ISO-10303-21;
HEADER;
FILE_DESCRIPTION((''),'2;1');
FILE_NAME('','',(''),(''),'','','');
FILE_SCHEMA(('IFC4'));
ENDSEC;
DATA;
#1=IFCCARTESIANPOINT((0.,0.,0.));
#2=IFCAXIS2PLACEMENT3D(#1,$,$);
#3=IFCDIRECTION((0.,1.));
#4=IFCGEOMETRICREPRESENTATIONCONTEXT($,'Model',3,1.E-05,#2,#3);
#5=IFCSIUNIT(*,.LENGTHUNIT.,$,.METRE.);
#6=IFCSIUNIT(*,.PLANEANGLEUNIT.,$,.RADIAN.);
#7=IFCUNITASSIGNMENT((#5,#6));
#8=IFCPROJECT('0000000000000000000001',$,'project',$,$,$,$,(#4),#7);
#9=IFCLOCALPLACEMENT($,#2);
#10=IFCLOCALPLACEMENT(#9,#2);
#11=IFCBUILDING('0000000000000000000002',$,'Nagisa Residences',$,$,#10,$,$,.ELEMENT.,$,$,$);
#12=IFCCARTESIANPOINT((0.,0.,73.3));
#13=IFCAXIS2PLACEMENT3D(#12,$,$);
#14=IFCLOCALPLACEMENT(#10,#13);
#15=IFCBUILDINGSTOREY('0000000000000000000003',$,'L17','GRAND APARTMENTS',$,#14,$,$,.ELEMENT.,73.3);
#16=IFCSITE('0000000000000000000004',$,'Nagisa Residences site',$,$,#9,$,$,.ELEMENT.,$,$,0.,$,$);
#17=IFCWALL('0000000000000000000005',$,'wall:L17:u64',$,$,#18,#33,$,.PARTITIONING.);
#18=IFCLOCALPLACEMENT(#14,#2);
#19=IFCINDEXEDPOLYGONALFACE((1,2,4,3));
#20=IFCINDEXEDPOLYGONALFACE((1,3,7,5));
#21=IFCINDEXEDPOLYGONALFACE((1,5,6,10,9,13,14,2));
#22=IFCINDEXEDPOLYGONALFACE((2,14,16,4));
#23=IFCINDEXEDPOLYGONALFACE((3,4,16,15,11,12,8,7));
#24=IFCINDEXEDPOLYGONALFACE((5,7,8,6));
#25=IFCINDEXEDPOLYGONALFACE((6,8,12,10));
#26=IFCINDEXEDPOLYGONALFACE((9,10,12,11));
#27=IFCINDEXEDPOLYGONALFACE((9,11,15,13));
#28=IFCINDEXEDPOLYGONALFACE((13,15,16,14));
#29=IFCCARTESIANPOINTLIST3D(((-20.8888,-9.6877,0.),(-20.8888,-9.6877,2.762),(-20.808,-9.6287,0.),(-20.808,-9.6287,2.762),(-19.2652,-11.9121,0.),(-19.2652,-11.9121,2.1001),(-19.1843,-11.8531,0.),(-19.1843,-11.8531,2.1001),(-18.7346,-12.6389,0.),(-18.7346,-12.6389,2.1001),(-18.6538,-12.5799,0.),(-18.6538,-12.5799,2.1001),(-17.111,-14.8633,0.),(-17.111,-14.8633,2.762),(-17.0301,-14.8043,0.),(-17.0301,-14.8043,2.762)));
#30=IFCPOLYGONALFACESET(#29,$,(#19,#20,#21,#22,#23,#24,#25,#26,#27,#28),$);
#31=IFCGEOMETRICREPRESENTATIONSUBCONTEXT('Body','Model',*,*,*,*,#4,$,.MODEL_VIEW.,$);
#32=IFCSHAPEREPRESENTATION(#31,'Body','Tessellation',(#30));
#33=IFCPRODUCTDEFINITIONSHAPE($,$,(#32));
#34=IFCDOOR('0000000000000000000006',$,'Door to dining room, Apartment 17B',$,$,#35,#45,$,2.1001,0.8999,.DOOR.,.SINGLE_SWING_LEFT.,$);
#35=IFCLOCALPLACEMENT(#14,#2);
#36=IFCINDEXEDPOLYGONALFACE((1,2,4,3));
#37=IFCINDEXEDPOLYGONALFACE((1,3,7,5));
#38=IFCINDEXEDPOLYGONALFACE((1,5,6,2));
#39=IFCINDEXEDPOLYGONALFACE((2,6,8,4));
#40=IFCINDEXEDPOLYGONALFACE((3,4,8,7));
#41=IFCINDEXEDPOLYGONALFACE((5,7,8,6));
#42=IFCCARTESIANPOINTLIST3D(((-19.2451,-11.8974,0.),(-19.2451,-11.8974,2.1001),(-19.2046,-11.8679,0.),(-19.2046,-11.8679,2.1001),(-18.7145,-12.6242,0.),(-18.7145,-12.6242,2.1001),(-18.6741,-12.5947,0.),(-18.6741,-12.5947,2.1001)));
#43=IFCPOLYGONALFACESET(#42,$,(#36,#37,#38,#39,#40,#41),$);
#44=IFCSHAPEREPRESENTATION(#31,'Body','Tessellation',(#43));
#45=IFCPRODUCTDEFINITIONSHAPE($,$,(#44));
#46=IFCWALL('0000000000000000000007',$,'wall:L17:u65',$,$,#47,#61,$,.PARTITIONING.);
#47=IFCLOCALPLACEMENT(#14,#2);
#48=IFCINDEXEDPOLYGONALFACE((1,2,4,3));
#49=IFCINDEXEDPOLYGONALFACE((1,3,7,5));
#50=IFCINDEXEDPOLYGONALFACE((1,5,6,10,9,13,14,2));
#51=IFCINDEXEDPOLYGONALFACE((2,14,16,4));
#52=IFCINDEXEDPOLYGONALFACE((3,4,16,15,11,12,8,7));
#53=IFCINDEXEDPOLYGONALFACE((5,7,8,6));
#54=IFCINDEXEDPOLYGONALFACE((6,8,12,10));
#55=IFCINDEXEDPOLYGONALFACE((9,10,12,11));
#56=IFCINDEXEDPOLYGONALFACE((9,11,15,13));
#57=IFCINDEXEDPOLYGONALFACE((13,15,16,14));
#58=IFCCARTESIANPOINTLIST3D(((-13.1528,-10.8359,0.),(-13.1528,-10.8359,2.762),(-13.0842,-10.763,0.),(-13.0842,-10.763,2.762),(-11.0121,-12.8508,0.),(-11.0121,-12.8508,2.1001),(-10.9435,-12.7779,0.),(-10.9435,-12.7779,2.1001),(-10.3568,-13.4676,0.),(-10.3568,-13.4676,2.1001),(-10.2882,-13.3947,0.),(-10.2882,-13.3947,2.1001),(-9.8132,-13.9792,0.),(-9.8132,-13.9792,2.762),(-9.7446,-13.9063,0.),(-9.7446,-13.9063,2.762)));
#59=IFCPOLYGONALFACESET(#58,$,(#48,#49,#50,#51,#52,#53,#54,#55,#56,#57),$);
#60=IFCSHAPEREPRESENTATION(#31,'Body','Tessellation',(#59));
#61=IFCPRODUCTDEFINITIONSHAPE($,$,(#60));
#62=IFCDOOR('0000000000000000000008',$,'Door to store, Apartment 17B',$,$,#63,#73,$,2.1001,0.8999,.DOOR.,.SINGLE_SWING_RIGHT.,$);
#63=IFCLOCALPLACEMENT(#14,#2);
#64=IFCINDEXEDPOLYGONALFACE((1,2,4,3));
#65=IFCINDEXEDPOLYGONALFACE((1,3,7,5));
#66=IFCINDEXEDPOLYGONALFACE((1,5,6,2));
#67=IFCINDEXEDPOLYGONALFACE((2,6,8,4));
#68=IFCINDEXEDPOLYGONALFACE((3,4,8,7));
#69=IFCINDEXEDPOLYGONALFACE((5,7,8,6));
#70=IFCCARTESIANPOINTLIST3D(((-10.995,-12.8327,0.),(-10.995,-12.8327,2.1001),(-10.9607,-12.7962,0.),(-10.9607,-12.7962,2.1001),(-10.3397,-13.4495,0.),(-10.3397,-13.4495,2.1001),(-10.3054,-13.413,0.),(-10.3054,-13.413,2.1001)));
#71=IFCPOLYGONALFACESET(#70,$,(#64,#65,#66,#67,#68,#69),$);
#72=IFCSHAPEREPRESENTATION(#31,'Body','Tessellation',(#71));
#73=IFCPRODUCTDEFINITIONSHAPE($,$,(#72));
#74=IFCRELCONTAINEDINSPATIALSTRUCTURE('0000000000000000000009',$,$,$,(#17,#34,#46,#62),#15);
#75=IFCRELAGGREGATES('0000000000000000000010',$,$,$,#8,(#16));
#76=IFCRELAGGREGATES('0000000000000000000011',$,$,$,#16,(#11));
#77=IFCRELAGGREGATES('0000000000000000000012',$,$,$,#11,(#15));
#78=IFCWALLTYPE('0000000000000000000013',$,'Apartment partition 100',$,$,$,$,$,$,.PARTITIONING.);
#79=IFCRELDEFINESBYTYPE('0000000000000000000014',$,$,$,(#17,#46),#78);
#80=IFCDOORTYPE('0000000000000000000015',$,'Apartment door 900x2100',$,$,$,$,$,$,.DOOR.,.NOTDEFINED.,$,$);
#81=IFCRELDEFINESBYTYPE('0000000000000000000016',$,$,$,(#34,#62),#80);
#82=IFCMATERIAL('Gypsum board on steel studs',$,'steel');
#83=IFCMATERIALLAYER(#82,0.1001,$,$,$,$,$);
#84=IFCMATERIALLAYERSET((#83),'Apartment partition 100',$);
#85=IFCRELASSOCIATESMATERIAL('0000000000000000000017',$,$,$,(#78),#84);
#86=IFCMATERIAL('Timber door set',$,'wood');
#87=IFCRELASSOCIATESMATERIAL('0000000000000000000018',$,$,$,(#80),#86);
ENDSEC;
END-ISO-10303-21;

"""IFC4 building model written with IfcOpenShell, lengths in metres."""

from ifc_helpers import new_model, si_unit, direction, frame, frame_2d, origin, place, context, subcontext, project, spatial, rectangle, extrude, material, layer, layer_set, type_object, element, fill, save


model = new_model("IFC4")

# Units and contexts
model_context = context("Model", 3, precision=1e-05, world=origin(), true_north=direction((0.0, 1.0)))
body_context = subcontext(model_context, "Body", "Model", "MODEL_VIEW")
ifc_project = project(units=[si_unit("LENGTHUNIT", "METRE"), si_unit("PLANEANGLEUNIT", "RADIAN")], contexts=[model_context])

# Site, building, storey
site_placement = place(None, origin())
site = spatial("IfcSite", under=ifc_project, at=site_placement, Name="Nagisa Residences site", CompositionType="ELEMENT", RefElevation=0.0)
building_placement = place(site_placement, origin())
building = spatial("IfcBuilding", under=site, at=building_placement, Name="Nagisa Residences", CompositionType="ELEMENT")
storey_placement = place(building_placement, frame((0.0, 0.0, 73.3)))
storey = spatial("IfcBuildingStorey", under=building, at=storey_placement, Name="L17", Description="GRAND APARTMENTS", CompositionType="ELEMENT", Elevation=73.3)

# Shared definitions
ifc_material_1 = material(Name="Gypsum board on steel studs", Category="steel")
ifc_layer_1 = layer(ifc_material_1, 0.1001)
ifc_layer_set_1 = layer_set([ifc_layer_1], Name="Apartment partition 100")
wall_type_1 = type_object("IfcWallType", Name="Apartment partition 100", PredefinedType="PARTITIONING", material=ifc_layer_set_1)
ifc_material_2 = material(Name="Timber door set", Category="wood")
door_type_1 = type_object("IfcDoorType", Name="Apartment door 900x2100", OperationType="NOTDEFINED", PredefinedType="DOOR", material=ifc_material_2)

# Walls, openings, doors
wall_1_placement = place(storey_placement, frame((-20.8484, -9.6582, 0.0), z_axis=(0.0, 0.0, 1.0), x_axis=(0.58958, -0.80771, 0.0)))
wall_1 = element("IfcWall", 1, at=wall_1_placement, inside=storey, type_object=wall_type_1, Name="wall:L17:u64", PredefinedType="PARTITIONING", context=body_context, shape_type="SweptSolid", body=[
    extrude(rectangle(XDim=6.4077, YDim=0.1001, at=frame_2d((3.2039, 0.0))), origin(), (0.0, 0.0, 1.0), 2.762),
])
opening_1_placement = place(wall_1_placement, frame((2.7539, 0.0, 0.0)))
opening_1 = element("IfcOpeningElement", 2, at=opening_1_placement, cuts=wall_1, PredefinedType="OPENING", context=body_context, shape_type="SweptSolid", body=[
    extrude(rectangle(XDim=0.8999, YDim=2.1001, at=frame_2d((0.45, 1.05))), frame((0.0, 0.0601, 0.0), z_axis=(0.0, -1.0, 0.0), x_axis=(1.0, 0.0, 0.0)), (0.0, 0.0, 1.0), 0.1201),
])
door_1_placement = place(opening_1_placement, origin())
door_1 = element("IfcDoor", 3, at=door_1_placement, inside=storey, type_object=door_type_1, Name="Door to dining room, Apartment 17B", OperationType="SINGLE_SWING_LEFT", OverallHeight=2.1001, OverallWidth=0.8999, PredefinedType="DOOR", context=body_context, shape_type="SweptSolid", body=[
    extrude(rectangle(XDim=0.8999, YDim=2.1001, at=frame_2d((0.45, 1.05))), frame((0.0, 0.0249, 0.0), z_axis=(0.0, -1.0, 0.0), x_axis=(1.0, 0.0, 0.0)), (0.0, 0.0, 1.0), 0.05),
])
fill(opening_1, door_1)
wall_2_placement = place(storey_placement, frame((-13.1184, -10.7996, 0.0), z_axis=(0.0, 0.0, 1.0), x_axis=(0.728183, -0.685383, 0.0)))
wall_2 = element("IfcWall", 4, at=wall_2_placement, inside=storey, type_object=wall_type_1, Name="wall:L17:u65", PredefinedType="PARTITIONING", context=body_context, shape_type="SweptSolid", body=[
    extrude(rectangle(XDim=4.5862, YDim=0.1001, at=frame_2d((2.293, 0.0))), origin(), (0.0, 0.0, 1.0), 2.762),
])
opening_2_placement = place(wall_2_placement, frame((2.9397, 0.0, 0.0)))
opening_2 = element("IfcOpeningElement", 5, at=opening_2_placement, cuts=wall_2, PredefinedType="OPENING", context=body_context, shape_type="SweptSolid", body=[
    extrude(rectangle(XDim=0.8999, YDim=2.1001, at=frame_2d((0.45, 1.05))), frame((0.0, 0.0601, 0.0), z_axis=(0.0, -1.0, 0.0), x_axis=(1.0, 0.0, 0.0)), (0.0, 0.0, 1.0), 0.1201),
])
door_2_placement = place(opening_2_placement, origin())
door_2 = element("IfcDoor", 6, at=door_2_placement, inside=storey, type_object=door_type_1, Name="Door to store, Apartment 17B", OperationType="SINGLE_SWING_RIGHT", OverallHeight=2.1001, OverallWidth=0.8999, PredefinedType="DOOR", context=body_context, shape_type="SweptSolid", body=[
    extrude(rectangle(XDim=0.8999, YDim=2.1001, at=frame_2d((0.45, 1.05))), frame((0.0, 0.0249, 0.0), z_axis=(0.0, -1.0, 0.0), x_axis=(1.0, 0.0, 0.0)), (0.0, 0.0, 1.0), 0.05),
])
fill(opening_2, door_2)

save(model, "model.ifc")
